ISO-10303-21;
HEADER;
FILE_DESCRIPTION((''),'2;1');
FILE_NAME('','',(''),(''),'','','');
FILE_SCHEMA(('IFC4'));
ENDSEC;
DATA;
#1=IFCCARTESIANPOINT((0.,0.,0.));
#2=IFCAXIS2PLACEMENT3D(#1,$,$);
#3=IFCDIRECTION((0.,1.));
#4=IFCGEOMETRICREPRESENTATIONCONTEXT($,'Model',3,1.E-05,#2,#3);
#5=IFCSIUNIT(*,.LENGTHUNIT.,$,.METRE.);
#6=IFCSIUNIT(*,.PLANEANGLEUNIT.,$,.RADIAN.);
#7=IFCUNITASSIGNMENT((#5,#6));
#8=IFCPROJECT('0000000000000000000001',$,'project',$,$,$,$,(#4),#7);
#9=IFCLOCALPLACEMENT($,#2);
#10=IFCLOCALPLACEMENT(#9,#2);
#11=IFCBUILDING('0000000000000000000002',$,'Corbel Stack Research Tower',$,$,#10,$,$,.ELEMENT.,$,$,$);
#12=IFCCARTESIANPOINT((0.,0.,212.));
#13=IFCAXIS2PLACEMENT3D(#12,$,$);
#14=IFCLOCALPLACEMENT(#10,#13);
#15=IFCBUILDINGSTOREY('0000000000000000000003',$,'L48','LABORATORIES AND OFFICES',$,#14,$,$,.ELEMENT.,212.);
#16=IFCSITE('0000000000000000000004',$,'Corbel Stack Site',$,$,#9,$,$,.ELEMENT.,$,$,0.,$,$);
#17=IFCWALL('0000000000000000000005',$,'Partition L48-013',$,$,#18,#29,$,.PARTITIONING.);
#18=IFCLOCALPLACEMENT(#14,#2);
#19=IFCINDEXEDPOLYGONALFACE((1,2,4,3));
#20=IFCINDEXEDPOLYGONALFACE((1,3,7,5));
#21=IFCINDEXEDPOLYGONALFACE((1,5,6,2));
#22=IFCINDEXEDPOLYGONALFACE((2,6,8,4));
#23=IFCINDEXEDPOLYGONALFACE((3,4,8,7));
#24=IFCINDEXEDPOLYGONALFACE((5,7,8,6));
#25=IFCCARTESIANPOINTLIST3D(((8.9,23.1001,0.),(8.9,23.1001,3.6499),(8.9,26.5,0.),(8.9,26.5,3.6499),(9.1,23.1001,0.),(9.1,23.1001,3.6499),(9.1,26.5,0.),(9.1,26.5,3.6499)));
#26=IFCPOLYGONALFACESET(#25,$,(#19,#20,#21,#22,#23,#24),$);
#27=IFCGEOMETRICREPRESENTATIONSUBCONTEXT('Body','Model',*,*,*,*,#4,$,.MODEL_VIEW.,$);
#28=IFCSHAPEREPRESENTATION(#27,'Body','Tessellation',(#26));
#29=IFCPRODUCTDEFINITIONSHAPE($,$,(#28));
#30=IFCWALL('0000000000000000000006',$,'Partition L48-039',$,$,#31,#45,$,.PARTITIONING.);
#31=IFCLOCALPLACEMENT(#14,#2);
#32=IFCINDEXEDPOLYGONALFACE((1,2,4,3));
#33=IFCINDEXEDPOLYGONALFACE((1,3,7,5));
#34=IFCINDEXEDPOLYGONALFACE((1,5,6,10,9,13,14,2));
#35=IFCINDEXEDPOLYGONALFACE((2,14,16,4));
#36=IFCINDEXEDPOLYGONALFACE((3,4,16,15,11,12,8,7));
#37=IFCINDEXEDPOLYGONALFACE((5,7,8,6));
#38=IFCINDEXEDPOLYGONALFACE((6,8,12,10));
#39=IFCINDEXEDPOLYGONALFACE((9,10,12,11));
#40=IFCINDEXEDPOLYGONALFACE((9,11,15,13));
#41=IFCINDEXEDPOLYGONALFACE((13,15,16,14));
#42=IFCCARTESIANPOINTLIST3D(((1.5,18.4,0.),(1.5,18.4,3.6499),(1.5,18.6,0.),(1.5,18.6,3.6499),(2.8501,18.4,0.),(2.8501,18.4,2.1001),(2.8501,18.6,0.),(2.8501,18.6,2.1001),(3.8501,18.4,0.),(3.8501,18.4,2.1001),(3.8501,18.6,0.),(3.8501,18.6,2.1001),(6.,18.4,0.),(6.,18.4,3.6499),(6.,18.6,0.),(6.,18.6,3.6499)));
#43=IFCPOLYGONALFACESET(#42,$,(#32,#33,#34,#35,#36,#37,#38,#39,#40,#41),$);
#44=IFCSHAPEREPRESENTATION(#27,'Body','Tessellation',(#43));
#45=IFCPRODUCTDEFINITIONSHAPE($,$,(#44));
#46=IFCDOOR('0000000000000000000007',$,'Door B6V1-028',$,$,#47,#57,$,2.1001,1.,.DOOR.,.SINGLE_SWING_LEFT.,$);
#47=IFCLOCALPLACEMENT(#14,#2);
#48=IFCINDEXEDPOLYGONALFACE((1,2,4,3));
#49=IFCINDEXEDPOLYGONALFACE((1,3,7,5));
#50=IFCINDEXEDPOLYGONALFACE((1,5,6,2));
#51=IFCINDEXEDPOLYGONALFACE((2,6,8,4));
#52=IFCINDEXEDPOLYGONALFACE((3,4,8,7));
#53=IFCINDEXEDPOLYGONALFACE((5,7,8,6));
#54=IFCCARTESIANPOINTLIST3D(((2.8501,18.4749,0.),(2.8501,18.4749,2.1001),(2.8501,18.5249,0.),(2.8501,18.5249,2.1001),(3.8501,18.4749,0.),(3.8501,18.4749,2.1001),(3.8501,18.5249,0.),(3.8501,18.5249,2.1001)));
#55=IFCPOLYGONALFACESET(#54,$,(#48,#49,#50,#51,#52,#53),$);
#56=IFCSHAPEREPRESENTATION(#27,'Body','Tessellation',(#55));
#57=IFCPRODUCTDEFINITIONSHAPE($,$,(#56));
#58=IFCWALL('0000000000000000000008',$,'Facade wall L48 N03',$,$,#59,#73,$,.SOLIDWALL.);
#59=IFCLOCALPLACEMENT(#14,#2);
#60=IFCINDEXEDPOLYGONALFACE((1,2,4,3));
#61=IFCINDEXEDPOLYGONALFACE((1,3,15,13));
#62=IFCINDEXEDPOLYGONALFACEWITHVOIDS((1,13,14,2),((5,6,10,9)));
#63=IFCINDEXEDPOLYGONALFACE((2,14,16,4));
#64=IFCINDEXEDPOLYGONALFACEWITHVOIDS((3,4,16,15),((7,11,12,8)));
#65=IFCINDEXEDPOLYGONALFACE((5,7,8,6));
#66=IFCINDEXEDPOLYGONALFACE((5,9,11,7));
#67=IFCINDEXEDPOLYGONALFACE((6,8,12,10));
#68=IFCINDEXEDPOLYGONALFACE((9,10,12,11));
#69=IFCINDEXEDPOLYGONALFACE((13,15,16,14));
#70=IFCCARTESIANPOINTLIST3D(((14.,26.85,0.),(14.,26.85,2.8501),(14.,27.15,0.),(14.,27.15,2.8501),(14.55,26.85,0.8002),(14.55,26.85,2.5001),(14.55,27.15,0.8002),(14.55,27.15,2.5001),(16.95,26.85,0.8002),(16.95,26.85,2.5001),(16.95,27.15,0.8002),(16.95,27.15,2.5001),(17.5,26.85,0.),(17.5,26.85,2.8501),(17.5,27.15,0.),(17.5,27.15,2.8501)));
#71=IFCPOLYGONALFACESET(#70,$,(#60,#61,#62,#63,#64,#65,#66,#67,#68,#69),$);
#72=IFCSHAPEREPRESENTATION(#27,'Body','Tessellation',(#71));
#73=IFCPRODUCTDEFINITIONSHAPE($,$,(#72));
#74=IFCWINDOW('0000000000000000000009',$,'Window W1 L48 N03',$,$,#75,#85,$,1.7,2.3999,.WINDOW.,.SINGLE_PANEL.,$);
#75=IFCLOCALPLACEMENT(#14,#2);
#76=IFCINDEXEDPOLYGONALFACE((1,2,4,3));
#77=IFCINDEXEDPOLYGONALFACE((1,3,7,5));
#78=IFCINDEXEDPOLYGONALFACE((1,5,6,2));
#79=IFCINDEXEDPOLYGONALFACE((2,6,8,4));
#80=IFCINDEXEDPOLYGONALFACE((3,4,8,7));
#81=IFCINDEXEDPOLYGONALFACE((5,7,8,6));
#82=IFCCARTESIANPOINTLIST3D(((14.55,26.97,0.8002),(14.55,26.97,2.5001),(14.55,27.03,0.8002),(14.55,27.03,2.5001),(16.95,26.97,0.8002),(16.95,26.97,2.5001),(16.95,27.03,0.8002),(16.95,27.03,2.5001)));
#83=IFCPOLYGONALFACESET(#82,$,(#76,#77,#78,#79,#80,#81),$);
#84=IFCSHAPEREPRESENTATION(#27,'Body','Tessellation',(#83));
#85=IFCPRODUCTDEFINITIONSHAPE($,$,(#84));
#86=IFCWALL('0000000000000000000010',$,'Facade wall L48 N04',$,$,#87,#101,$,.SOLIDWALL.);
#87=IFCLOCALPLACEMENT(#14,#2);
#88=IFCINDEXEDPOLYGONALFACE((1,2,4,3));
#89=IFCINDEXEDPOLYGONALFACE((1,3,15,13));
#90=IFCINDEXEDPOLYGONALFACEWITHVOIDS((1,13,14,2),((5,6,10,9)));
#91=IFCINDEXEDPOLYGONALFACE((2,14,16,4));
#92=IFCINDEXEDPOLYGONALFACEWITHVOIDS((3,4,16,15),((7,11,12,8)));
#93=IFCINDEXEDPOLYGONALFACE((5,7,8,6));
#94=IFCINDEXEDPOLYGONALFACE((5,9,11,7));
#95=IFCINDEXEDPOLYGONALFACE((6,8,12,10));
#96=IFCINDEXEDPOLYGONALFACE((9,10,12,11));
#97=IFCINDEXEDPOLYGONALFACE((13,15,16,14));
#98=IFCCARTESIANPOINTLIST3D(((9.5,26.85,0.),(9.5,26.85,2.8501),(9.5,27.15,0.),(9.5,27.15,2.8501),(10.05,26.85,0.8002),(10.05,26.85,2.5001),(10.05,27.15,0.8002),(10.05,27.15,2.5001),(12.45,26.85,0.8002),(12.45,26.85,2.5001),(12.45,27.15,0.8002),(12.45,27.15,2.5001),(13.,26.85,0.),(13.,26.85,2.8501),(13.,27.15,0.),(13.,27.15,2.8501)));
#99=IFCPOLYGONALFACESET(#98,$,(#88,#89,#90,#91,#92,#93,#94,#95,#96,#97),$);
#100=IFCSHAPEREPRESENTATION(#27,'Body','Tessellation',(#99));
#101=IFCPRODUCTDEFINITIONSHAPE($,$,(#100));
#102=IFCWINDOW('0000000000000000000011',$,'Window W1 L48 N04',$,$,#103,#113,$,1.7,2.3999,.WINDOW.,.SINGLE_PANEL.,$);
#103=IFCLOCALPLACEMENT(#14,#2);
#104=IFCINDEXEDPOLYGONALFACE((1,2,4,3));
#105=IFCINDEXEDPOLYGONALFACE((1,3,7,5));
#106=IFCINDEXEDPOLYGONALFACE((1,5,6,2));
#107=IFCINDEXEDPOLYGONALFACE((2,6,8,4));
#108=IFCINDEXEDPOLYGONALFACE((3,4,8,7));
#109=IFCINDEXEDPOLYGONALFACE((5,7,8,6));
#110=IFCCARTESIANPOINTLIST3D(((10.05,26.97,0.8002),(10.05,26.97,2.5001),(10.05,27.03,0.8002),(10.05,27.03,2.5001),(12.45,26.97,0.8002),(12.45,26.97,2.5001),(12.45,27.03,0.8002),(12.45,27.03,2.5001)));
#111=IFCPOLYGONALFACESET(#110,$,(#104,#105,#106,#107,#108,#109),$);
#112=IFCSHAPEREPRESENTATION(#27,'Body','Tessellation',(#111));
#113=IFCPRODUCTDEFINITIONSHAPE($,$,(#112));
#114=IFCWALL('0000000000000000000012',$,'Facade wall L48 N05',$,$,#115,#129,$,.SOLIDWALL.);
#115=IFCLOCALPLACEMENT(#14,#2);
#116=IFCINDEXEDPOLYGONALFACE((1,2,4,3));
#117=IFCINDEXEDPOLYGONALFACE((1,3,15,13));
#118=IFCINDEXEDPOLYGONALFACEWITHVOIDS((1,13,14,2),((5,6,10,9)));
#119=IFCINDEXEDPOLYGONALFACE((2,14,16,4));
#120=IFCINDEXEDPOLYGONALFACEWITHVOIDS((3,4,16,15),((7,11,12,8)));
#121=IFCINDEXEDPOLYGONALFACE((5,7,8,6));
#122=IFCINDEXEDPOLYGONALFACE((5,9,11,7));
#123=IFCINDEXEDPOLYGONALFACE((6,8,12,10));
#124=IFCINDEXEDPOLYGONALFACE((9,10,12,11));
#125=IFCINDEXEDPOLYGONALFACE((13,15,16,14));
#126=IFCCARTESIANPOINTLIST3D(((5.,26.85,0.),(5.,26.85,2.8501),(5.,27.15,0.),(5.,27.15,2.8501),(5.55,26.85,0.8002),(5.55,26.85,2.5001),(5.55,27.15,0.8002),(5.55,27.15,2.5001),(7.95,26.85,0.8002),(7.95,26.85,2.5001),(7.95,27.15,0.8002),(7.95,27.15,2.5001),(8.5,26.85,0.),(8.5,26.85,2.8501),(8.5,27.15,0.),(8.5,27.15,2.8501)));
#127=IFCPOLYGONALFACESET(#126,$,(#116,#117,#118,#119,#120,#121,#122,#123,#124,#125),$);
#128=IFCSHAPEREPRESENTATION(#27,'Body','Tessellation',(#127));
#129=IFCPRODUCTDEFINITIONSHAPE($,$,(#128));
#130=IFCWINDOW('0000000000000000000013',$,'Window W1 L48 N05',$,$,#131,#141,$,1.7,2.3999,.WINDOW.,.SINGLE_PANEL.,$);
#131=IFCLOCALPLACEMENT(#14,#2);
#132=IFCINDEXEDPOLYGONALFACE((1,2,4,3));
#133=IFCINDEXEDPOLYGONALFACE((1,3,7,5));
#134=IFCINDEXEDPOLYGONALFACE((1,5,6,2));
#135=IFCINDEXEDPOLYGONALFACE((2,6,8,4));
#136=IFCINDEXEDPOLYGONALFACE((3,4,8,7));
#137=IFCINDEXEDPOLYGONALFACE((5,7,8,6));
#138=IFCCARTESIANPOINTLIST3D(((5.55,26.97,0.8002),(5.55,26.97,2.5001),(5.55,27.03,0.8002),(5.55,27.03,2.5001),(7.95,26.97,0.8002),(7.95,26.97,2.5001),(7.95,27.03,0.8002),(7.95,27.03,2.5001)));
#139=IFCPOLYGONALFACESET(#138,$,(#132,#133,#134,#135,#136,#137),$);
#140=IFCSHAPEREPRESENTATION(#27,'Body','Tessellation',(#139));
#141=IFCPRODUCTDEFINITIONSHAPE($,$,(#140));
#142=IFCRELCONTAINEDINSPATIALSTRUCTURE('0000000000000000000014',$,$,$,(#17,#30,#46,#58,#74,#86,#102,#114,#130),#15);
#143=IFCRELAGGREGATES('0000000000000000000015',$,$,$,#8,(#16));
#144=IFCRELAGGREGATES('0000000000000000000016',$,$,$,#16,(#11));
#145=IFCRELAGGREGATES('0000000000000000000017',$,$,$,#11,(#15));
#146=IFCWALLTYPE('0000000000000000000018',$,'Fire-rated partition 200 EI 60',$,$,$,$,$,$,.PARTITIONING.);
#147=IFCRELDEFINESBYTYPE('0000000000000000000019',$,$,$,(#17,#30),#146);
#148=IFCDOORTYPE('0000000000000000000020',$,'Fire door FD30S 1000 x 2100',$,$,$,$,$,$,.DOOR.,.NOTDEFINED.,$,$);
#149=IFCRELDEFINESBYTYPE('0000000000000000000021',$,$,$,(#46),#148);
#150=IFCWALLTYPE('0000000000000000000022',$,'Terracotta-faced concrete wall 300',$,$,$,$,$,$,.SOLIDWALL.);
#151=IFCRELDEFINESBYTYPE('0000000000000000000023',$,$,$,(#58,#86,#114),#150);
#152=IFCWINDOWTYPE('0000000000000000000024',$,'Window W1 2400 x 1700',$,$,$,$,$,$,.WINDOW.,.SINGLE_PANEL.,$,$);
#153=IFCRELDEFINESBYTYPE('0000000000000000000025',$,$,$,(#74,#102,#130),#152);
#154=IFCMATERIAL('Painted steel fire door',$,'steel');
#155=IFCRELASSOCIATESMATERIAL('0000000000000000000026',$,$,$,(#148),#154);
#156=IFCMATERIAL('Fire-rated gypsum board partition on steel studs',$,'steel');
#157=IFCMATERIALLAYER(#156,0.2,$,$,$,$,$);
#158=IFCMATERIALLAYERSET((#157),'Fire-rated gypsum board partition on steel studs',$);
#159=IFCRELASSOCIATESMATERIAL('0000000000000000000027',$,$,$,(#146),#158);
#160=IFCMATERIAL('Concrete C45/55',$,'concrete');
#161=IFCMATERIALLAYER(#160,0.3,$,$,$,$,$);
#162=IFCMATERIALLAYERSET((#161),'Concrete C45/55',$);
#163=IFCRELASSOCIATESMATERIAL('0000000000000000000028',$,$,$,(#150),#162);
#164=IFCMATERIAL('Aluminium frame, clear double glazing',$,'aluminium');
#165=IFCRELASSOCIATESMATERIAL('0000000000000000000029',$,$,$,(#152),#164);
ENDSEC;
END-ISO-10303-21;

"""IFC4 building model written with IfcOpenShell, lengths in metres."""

from ifc_helpers import new_model, si_unit, direction, frame, frame_2d, origin, place, context, subcontext, project, spatial, rectangle, extrude, material, layer, layer_set, type_object, element, fill, save


model = new_model("IFC4")

# Units and contexts
model_context = context("Model", 3, precision=1e-05, world=origin(), true_north=direction((0.0, 1.0)))
body_context = subcontext(model_context, "Body", "Model", "MODEL_VIEW")
ifc_project = project(units=[si_unit("LENGTHUNIT", "METRE"), si_unit("PLANEANGLEUNIT", "RADIAN")], contexts=[model_context])

# Site, building, storey
site_placement = place(None, origin())
site = spatial("IfcSite", under=ifc_project, at=site_placement, Name="Corbel Stack Site", CompositionType="ELEMENT", RefElevation=0.0)
building_placement = place(site_placement, origin())
building = spatial("IfcBuilding", under=site, at=building_placement, Name="Corbel Stack Research Tower", CompositionType="ELEMENT")
storey_placement = place(building_placement, frame((0.0, 0.0, 212.0)))
storey = spatial("IfcBuildingStorey", under=building, at=storey_placement, Name="L48", Description="LABORATORIES AND OFFICES", CompositionType="ELEMENT", Elevation=212.0)

# Shared definitions
ifc_material_1 = material(Name="Painted steel fire door", Category="steel")
door_type = type_object("IfcDoorType", Name="Fire door FD30S 1000 x 2100", OperationType="NOTDEFINED", PredefinedType="DOOR", material=ifc_material_1)
ifc_material_2 = material(Name="Fire-rated gypsum board partition on steel studs", Category="steel")
ifc_layer_1 = layer(ifc_material_2, 0.2)
ifc_layer_set_1 = layer_set([ifc_layer_1], Name="Fire-rated gypsum board partition on steel studs")
wall_type_1 = type_object("IfcWallType", Name="Fire-rated partition 200 EI 60", PredefinedType="PARTITIONING", material=ifc_layer_set_1)

# Wall
for number, where, z_axis, x_axis, name in (
    (1, (9.0, 23.1001, 0.0), (0.0, 0.0, 1.0), (0.0, 1.0, 0.0), "Partition L48-013"),
):
    element("IfcWall", number, at=place(storey_placement, frame(where, z_axis=z_axis, x_axis=x_axis)), inside=storey, type_object=wall_type_1, Name=name, PredefinedType="PARTITIONING", context=body_context, shape_type="SweptSolid", body=[
        extrude(rectangle(XDim=3.3999, YDim=0.2, at=frame_2d((1.7, 0.0))), origin(), (0.0, 0.0, 1.0), 3.6499),
    ])

# Wall, opening, door
wall_1_placement = place(storey_placement, frame((1.5, 18.5, 0.0), z_axis=(0.0, 0.0, 1.0), x_axis=(1.0, 0.0, 0.0)))
wall_1 = element("IfcWall", 2, at=wall_1_placement, inside=storey, type_object=wall_type_1, Name="Partition L48-039", PredefinedType="PARTITIONING", context=body_context, shape_type="SweptSolid", body=[
    extrude(rectangle(XDim=4.5, YDim=0.2, at=frame_2d((2.25, 0.0))), origin(), (0.0, 0.0, 1.0), 3.6499),
])
opening_1_placement = place(wall_1_placement, frame((1.3501, 0.0, 0.0)))
opening_1 = element("IfcOpeningElement", 3, at=opening_1_placement, cuts=wall_1, PredefinedType="OPENING", context=body_context, shape_type="SweptSolid", body=[
    extrude(rectangle(XDim=1.0, YDim=2.1001, at=frame_2d((0.5, 1.05))), frame((0.0, 0.1099, 0.0), z_axis=(0.0, -1.0, 0.0), x_axis=(1.0, 0.0, 0.0)), (0.0, 0.0, 1.0), 0.22),
])
door_1_placement = place(opening_1_placement, origin())
door_1 = element("IfcDoor", 4, at=door_1_placement, inside=storey, type_object=door_type, Name="Door B6V1-028", OperationType="SINGLE_SWING_LEFT", OverallHeight=2.1001, OverallWidth=1.0, PredefinedType="DOOR", context=body_context, shape_type="SweptSolid", body=[
    extrude(rectangle(XDim=1.0, YDim=2.1001, at=frame_2d((0.5, 1.05))), frame((0.0, 0.0249, 0.0), z_axis=(0.0, -1.0, 0.0), x_axis=(1.0, 0.0, 0.0)), (0.0, 0.0, 1.0), 0.05),
])
fill(opening_1, door_1)

# Walls, openings, windows
ifc_material_3 = material(Name="Concrete C45/55", Category="concrete")
ifc_layer_2 = layer(ifc_material_3, 0.3)
ifc_layer_set_2 = layer_set([ifc_layer_2], Name="Concrete C45/55")
wall_type_2 = type_object("IfcWallType", Name="Terracotta-faced concrete wall 300", PredefinedType="SOLIDWALL", material=ifc_layer_set_2)
wall_2_placement = place(storey_placement, frame((14.0, 27.0, 0.0), z_axis=(0.0, 0.0, 1.0), x_axis=(1.0, 0.0, 0.0)))
wall_2 = element("IfcWall", 5, at=wall_2_placement, inside=storey, type_object=wall_type_2, Name="Facade wall L48 N03", PredefinedType="SOLIDWALL", context=body_context, shape_type="SweptSolid", body=[
    extrude(rectangle(XDim=3.5, YDim=0.3, at=frame_2d((1.75, 0.0))), origin(), (0.0, 0.0, 1.0), 2.8501),
])
opening_2_placement = place(wall_2_placement, frame((0.55, 0.0, 0.8)))
opening_2 = element("IfcOpeningElement", 6, at=opening_2_placement, cuts=wall_2, PredefinedType="OPENING", context=body_context, shape_type="SweptSolid", body=[
    extrude(rectangle(XDim=2.3999, YDim=1.7, at=frame_2d((1.2, 0.8501))), frame((0.0, 0.1599, 0.0), z_axis=(0.0, -1.0, 0.0), x_axis=(1.0, 0.0, 0.0)), (0.0, 0.0, 1.0), 0.3201),
])
ifc_material_4 = material(Name="Aluminium frame, clear double glazing", Category="aluminium")
window_type = type_object("IfcWindowType", Name="Window W1 2400 x 1700", PartitioningType="SINGLE_PANEL", PredefinedType="WINDOW", material=ifc_material_4)
window_1_placement = place(opening_2_placement, origin())
window_1 = element("IfcWindow", 7, at=window_1_placement, inside=storey, type_object=window_type, Name="Window W1 L48 N03", OverallHeight=1.7, OverallWidth=2.3999, PartitioningType="SINGLE_PANEL", PredefinedType="WINDOW", context=body_context, shape_type="SweptSolid", body=[
    extrude(rectangle(XDim=2.3999, YDim=1.7, at=frame_2d((1.2, 0.8501))), frame((0.0, 0.03, 0.0), z_axis=(0.0, -1.0, 0.0), x_axis=(1.0, 0.0, 0.0)), (0.0, 0.0, 1.0), 0.0601),
])
fill(opening_2, window_1)
wall_3_placement = place(storey_placement, frame((9.5, 27.0, 0.0), z_axis=(0.0, 0.0, 1.0), x_axis=(1.0, 0.0, 0.0)))
wall_3 = element("IfcWall", 8, at=wall_3_placement, inside=storey, type_object=wall_type_2, Name="Facade wall L48 N04", PredefinedType="SOLIDWALL", context=body_context, shape_type="SweptSolid", body=[
    extrude(rectangle(XDim=3.5, YDim=0.3, at=frame_2d((1.75, 0.0))), origin(), (0.0, 0.0, 1.0), 2.8501),
])
opening_3_placement = place(wall_3_placement, frame((0.55, 0.0, 0.8)))
opening_3 = element("IfcOpeningElement", 9, at=opening_3_placement, cuts=wall_3, PredefinedType="OPENING", context=body_context, shape_type="SweptSolid", body=[
    extrude(rectangle(XDim=2.3999, YDim=1.7, at=frame_2d((1.2, 0.8501))), frame((0.0, 0.1599, 0.0), z_axis=(0.0, -1.0, 0.0), x_axis=(1.0, 0.0, 0.0)), (0.0, 0.0, 1.0), 0.3201),
])
window_2_placement = place(opening_3_placement, origin())
window_2 = element("IfcWindow", 10, at=window_2_placement, inside=storey, type_object=window_type, Name="Window W1 L48 N04", OverallHeight=1.7, OverallWidth=2.3999, PartitioningType="SINGLE_PANEL", PredefinedType="WINDOW", context=body_context, shape_type="SweptSolid", body=[
    extrude(rectangle(XDim=2.3999, YDim=1.7, at=frame_2d((1.2, 0.8501))), frame((0.0, 0.03, 0.0), z_axis=(0.0, -1.0, 0.0), x_axis=(1.0, 0.0, 0.0)), (0.0, 0.0, 1.0), 0.0601),
])
fill(opening_3, window_2)
wall_4_placement = place(storey_placement, frame((5.0, 27.0, 0.0), z_axis=(0.0, 0.0, 1.0), x_axis=(1.0, 0.0, 0.0)))
wall_4 = element("IfcWall", 11, at=wall_4_placement, inside=storey, type_object=wall_type_2, Name="Facade wall L48 N05", PredefinedType="SOLIDWALL", context=body_context, shape_type="SweptSolid", body=[
    extrude(rectangle(XDim=3.5, YDim=0.3, at=frame_2d((1.75, 0.0))), origin(), (0.0, 0.0, 1.0), 2.8501),
])
opening_4_placement = place(wall_4_placement, frame((0.55, 0.0, 0.8)))
opening_4 = element("IfcOpeningElement", 12, at=opening_4_placement, cuts=wall_4, PredefinedType="OPENING", context=body_context, shape_type="SweptSolid", body=[
    extrude(rectangle(XDim=2.3999, YDim=1.7, at=frame_2d((1.2, 0.8501))), frame((0.0, 0.1599, 0.0), z_axis=(0.0, -1.0, 0.0), x_axis=(1.0, 0.0, 0.0)), (0.0, 0.0, 1.0), 0.3201),
])
window_3_placement = place(opening_4_placement, origin())
window_3 = element("IfcWindow", 13, at=window_3_placement, inside=storey, type_object=window_type, Name="Window W1 L48 N05", OverallHeight=1.7, OverallWidth=2.3999, PartitioningType="SINGLE_PANEL", PredefinedType="WINDOW", context=body_context, shape_type="SweptSolid", body=[
    extrude(rectangle(XDim=2.3999, YDim=1.7, at=frame_2d((1.2, 0.8501))), frame((0.0, 0.03, 0.0), z_axis=(0.0, -1.0, 0.0), x_axis=(1.0, 0.0, 0.0)), (0.0, 0.0, 1.0), 0.0601),
])
fill(opening_4, window_3)

save(model, "model.ifc")
